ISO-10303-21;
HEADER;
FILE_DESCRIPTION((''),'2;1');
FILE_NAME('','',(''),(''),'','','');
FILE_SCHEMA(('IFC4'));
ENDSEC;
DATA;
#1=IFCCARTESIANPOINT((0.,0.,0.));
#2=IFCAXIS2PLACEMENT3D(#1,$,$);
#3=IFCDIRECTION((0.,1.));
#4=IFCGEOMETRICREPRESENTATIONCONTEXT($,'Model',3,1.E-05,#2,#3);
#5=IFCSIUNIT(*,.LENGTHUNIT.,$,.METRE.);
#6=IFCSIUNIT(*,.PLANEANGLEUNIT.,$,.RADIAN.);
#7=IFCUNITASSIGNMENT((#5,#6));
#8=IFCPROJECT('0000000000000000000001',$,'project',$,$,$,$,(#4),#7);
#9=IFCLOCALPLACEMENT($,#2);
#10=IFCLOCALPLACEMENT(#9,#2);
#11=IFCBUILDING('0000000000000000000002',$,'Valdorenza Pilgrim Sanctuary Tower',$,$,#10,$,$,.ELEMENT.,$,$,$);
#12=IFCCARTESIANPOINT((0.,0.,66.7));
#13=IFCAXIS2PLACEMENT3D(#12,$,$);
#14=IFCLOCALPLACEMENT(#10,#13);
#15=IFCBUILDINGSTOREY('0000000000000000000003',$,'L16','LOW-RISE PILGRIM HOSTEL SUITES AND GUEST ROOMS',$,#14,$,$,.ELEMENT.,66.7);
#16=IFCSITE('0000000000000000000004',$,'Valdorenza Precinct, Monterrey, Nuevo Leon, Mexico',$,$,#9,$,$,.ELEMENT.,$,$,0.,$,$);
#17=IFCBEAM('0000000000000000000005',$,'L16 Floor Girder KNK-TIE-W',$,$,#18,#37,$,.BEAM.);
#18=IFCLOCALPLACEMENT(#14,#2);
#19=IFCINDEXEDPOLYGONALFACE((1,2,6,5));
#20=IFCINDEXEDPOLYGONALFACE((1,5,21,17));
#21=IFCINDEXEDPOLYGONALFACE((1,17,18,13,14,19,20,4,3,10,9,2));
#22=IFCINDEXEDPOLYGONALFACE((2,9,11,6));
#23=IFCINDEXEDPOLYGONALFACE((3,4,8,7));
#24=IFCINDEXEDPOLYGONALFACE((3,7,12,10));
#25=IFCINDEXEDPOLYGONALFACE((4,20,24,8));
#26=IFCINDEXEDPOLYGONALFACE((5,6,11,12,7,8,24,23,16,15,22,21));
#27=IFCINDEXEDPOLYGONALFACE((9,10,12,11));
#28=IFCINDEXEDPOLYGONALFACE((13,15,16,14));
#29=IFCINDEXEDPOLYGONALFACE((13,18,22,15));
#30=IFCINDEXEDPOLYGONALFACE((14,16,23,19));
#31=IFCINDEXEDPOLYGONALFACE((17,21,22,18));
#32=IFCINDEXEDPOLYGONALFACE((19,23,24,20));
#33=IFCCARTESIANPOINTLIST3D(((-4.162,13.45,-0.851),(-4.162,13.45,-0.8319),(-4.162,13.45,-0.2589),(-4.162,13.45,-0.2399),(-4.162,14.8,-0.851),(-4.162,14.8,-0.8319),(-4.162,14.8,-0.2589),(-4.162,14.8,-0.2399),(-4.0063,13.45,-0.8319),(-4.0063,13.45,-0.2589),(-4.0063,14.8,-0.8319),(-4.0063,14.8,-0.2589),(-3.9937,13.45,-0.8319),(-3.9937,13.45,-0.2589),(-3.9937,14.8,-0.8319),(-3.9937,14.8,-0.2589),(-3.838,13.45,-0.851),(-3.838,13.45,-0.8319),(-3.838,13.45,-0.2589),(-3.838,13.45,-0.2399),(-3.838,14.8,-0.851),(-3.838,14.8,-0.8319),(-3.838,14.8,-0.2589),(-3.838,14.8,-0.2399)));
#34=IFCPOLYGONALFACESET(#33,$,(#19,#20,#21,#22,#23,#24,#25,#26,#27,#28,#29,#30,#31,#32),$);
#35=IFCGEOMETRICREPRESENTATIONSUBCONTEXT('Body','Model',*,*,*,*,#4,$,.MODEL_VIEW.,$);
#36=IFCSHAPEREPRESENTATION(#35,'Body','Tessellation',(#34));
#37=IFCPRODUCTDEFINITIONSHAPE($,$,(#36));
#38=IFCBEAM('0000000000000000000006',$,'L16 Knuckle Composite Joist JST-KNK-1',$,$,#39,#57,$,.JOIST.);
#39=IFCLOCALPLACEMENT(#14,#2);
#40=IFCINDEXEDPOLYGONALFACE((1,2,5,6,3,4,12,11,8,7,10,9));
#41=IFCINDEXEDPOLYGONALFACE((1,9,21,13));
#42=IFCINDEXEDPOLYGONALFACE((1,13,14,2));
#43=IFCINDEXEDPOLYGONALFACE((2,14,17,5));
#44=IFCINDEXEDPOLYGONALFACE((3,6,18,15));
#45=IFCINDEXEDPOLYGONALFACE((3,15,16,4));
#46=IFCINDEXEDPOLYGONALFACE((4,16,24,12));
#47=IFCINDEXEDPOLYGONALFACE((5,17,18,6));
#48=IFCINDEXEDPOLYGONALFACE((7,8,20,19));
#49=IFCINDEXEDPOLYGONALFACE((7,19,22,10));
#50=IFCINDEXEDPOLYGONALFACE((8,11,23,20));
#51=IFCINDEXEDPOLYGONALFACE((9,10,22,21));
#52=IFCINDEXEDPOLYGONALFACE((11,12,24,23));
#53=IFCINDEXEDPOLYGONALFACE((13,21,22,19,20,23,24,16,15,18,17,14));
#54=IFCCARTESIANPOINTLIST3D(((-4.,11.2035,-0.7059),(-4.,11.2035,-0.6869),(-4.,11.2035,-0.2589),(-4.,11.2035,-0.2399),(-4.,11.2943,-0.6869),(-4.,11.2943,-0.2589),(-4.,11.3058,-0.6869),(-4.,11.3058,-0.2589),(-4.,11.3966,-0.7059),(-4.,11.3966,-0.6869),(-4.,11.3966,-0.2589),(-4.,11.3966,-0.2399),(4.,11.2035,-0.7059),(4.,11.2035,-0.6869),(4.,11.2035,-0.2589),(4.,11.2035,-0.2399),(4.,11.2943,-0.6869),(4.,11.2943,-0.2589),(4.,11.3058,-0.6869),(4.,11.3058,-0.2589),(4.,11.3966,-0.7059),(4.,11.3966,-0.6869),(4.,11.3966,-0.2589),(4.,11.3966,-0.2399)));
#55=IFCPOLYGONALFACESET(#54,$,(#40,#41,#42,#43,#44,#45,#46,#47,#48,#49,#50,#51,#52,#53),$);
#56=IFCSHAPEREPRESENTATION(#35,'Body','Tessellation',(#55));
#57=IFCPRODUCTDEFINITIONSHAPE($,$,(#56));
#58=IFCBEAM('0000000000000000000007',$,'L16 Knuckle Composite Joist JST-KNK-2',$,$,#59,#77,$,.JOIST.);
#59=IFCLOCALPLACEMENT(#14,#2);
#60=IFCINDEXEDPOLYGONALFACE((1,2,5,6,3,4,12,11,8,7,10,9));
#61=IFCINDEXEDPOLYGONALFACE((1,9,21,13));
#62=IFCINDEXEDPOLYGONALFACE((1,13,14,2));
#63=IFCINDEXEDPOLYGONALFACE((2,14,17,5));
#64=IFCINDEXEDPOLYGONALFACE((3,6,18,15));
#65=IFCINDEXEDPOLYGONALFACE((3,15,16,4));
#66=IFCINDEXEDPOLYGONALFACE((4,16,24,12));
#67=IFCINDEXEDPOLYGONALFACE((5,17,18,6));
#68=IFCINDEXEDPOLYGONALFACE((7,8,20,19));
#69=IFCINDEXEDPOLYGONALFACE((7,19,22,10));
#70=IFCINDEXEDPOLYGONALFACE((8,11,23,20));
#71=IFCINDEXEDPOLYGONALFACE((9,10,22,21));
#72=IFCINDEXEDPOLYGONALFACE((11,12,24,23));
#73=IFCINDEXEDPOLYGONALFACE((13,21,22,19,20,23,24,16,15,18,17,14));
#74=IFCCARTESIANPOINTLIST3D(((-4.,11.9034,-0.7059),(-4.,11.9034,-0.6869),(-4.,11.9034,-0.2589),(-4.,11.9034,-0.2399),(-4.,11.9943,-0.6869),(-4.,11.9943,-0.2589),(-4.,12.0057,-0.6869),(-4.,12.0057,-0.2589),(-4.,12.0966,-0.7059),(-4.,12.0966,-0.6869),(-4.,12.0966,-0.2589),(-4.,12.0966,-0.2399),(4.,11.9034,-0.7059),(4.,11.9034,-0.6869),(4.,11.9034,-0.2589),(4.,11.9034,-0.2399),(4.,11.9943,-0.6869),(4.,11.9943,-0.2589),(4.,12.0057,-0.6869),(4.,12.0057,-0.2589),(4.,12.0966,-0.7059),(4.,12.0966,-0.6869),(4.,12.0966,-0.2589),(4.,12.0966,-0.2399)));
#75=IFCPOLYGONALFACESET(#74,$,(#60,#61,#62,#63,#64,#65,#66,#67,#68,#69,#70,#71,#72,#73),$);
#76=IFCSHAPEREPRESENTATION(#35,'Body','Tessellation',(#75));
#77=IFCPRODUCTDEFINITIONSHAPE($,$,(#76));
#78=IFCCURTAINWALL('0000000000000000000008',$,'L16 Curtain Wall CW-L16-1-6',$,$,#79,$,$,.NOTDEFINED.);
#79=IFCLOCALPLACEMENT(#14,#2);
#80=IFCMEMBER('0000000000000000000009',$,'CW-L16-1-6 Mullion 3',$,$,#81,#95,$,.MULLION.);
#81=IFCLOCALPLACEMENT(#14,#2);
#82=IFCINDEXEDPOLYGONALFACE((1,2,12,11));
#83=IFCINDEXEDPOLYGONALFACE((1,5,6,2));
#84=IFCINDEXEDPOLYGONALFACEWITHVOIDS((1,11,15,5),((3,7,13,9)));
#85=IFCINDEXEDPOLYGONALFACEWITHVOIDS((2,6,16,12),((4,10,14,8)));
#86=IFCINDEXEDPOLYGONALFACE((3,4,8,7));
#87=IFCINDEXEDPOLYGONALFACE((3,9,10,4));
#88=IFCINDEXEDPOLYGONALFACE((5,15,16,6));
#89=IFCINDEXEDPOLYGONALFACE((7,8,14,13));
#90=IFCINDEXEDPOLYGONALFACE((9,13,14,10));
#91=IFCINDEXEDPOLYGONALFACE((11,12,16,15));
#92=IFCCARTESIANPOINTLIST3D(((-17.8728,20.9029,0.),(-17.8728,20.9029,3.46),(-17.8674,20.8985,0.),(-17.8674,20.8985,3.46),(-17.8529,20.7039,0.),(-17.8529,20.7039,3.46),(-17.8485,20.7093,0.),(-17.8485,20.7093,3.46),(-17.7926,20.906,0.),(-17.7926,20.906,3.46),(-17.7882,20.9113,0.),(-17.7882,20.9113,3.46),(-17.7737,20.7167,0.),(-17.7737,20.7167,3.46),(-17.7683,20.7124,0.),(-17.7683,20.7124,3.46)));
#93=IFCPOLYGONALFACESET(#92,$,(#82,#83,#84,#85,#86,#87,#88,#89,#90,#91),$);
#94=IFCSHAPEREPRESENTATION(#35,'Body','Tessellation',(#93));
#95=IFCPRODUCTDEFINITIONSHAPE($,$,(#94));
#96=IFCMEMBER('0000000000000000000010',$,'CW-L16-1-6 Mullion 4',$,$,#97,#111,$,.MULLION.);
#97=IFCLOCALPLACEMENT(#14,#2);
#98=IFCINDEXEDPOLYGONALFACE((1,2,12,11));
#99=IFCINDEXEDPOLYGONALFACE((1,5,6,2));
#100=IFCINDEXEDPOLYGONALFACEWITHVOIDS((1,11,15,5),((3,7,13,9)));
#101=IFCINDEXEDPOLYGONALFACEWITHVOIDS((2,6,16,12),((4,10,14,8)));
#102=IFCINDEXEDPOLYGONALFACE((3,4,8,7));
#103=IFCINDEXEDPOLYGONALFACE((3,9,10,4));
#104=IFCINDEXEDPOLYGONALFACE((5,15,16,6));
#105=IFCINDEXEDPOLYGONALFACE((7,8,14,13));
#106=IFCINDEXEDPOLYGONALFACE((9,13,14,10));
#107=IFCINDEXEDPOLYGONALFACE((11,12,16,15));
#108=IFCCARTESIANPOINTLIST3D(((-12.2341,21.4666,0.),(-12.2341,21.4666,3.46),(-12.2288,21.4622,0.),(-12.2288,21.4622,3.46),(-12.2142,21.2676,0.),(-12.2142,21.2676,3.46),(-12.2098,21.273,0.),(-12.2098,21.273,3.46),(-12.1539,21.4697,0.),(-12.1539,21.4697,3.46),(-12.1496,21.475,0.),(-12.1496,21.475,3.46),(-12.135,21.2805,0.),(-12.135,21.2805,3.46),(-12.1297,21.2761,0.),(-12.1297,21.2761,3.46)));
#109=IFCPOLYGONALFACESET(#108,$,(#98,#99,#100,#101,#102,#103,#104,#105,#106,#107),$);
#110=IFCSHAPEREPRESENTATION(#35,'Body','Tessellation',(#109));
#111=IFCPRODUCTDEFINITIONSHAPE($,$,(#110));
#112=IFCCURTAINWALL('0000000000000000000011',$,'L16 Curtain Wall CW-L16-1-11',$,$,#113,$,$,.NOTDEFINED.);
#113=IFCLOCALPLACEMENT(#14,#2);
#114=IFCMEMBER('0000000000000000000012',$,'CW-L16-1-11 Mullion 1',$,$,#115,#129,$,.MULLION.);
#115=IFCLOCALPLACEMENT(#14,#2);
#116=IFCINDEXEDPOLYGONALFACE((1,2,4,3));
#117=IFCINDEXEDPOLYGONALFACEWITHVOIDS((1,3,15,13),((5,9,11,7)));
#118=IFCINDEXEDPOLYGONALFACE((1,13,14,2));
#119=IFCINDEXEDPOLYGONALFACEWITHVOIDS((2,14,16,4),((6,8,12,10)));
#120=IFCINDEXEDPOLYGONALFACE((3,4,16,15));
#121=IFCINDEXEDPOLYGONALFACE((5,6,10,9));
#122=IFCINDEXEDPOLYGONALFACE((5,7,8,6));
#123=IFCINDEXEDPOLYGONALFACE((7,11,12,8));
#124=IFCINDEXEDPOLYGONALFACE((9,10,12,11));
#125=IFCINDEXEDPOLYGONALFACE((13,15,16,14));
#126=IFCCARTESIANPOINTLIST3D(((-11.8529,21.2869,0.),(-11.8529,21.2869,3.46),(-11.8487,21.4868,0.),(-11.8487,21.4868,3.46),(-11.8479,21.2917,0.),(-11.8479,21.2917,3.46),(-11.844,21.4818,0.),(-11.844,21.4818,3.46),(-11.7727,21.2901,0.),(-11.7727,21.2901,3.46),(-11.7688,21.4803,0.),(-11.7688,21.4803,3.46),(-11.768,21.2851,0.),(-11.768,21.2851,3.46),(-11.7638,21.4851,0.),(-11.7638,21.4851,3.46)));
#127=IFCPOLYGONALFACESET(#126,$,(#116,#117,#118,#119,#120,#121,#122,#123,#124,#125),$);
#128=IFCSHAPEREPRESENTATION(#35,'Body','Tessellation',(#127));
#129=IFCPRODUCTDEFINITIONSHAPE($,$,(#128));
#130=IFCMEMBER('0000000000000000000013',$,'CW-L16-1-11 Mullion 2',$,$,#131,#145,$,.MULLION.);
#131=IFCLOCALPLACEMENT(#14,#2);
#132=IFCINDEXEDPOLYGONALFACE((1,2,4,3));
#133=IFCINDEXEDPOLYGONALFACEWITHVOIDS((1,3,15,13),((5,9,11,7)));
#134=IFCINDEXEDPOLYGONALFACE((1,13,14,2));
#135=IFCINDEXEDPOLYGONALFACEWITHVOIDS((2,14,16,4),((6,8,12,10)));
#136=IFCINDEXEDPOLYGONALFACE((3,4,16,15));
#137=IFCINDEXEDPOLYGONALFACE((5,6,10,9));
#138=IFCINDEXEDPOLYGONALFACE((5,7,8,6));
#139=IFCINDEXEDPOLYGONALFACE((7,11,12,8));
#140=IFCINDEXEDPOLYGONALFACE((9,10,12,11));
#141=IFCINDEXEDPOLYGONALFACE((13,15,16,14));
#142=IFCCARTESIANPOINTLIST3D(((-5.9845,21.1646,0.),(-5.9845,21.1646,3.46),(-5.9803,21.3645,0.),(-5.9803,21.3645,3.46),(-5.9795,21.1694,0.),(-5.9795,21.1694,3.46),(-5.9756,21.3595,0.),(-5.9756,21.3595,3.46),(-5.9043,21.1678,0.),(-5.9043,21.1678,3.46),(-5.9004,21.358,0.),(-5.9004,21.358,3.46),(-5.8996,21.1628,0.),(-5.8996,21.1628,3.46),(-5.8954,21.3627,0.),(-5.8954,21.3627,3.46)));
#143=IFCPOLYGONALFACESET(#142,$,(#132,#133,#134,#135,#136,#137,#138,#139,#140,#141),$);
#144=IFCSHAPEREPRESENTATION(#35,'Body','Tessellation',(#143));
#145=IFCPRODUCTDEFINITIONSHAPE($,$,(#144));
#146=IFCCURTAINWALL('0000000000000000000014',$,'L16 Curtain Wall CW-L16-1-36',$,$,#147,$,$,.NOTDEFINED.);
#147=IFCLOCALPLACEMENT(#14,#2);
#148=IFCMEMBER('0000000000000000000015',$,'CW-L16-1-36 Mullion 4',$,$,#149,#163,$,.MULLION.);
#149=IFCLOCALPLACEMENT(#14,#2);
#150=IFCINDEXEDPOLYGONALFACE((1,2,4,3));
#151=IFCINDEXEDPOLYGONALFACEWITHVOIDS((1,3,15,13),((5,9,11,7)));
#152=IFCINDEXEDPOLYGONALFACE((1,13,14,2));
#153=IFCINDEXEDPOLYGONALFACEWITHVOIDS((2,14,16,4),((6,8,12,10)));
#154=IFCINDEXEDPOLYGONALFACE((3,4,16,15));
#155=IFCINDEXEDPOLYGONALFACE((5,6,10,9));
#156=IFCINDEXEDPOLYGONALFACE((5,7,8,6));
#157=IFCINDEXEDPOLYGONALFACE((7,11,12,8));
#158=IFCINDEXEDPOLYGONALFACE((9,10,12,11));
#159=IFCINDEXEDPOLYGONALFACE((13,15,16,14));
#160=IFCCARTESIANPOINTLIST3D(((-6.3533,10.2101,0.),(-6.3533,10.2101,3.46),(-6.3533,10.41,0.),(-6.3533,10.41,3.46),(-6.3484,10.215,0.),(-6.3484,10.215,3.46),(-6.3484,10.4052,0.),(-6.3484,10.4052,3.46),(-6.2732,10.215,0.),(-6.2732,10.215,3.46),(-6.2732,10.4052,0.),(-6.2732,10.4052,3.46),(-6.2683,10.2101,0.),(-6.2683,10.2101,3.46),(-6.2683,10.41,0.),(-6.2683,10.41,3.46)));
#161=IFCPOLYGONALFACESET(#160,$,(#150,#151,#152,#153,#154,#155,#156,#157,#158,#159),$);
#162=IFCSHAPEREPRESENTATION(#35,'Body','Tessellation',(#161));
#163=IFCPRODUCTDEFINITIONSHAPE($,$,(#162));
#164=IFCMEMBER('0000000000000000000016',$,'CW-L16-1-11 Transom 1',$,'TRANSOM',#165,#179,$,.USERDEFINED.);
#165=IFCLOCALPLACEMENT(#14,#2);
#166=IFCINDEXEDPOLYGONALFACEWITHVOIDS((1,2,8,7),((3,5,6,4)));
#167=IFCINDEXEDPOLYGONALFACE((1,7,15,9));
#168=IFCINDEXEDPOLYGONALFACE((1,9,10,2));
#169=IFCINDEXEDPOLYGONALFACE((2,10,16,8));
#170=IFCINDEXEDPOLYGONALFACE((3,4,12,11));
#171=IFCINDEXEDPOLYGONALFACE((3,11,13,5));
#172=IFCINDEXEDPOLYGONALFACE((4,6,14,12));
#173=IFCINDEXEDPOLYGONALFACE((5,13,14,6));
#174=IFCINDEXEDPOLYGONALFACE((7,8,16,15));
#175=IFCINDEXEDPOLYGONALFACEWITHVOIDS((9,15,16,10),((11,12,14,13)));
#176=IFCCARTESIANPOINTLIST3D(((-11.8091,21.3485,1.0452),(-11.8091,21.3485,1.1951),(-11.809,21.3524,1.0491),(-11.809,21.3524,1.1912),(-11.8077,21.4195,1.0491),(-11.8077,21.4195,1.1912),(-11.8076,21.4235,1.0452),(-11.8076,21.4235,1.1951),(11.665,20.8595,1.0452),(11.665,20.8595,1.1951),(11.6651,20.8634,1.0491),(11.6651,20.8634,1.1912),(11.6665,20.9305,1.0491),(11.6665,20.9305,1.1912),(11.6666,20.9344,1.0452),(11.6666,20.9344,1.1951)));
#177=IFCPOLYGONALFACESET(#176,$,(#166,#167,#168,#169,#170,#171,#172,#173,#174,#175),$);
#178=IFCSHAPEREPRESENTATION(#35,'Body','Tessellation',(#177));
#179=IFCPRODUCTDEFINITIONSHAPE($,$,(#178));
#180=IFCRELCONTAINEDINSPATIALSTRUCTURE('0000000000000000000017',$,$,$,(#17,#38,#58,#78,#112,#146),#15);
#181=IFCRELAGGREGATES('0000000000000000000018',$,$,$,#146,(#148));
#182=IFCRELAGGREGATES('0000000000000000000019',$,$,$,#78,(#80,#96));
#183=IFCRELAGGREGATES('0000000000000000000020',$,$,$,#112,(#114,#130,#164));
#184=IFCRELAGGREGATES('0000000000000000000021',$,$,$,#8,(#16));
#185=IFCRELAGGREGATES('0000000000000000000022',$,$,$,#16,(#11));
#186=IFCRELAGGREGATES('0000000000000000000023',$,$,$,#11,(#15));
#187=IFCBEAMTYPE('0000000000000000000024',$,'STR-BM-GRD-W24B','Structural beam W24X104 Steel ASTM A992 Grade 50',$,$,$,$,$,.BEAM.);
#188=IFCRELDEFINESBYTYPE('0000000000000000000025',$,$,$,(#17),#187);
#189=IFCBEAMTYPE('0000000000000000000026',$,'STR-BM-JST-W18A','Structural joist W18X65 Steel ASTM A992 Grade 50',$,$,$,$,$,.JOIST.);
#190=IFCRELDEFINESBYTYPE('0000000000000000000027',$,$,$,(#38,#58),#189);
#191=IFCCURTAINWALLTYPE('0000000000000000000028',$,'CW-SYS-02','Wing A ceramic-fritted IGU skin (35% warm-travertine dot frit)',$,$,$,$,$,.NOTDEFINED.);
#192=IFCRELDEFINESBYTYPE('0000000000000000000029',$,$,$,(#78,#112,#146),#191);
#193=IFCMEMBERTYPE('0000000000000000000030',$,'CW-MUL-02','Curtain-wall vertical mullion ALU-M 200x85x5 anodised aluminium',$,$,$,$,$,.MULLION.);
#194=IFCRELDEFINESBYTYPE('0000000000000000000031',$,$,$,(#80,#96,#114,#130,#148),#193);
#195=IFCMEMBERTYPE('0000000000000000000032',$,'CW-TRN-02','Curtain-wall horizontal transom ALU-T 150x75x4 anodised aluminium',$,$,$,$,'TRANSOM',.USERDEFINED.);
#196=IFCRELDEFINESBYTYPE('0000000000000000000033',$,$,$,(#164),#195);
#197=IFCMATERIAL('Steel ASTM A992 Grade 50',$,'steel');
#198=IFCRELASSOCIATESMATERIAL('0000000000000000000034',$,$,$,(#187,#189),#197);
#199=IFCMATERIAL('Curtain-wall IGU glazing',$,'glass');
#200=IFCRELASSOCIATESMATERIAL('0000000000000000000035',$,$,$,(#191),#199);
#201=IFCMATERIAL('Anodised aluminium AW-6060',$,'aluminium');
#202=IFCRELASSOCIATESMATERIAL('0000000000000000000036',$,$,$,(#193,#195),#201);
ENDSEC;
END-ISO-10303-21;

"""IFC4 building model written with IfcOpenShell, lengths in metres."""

from ifc_helpers import new_model, si_unit, direction, frame, origin, origin_2d, place, context, subcontext, project, spatial, hollow_rectangle, i_section, extrude, source, transform, mapped, material, material_profile, profile_set, type_object, element, aggregate, save


model = new_model("IFC4")

# Units and contexts
model_context = context("Model", 3, precision=1e-05, world=origin(), true_north=direction((0.0, 1.0)))
body_context = subcontext(model_context, "Body", "Model", "MODEL_VIEW")
ifc_project = project(units=[si_unit("LENGTHUNIT", "METRE"), si_unit("PLANEANGLEUNIT", "RADIAN")], contexts=[model_context])

# Site, building, storey
site_placement = place(None, origin())
site = spatial("IfcSite", under=ifc_project, at=site_placement, Name="Valdorenza Precinct, Monterrey, Nuevo Leon, Mexico", CompositionType="ELEMENT", RefElevation=0.0)
building_placement = place(site_placement, origin())
building = spatial("IfcBuilding", under=site, at=building_placement, Name="Valdorenza Pilgrim Sanctuary Tower", CompositionType="ELEMENT")
storey_placement = place(building_placement, frame((0.0, 0.0, 66.7)))
storey = spatial("IfcBuildingStorey", under=building, at=storey_placement, Name="L16", Description="LOW-RISE PILGRIM HOSTEL SUITES AND GUEST ROOMS", CompositionType="ELEMENT", Elevation=66.7)

# Shared definitions
ifc_material_1 = material(Name="Steel ASTM A992 Grade 50", Category="steel")

# Beams
ifc_material_profile_1 = material_profile(ifc_material_1, i_section(OverallWidth=0.324, OverallDepth=0.6111, WebThickness=0.0127, FlangeThickness=0.019, at=origin_2d()), Name="W24X104")
ifc_profile_set_1 = profile_set([ifc_material_profile_1], Name="Steel ASTM A992 Grade 50")
beam_type_1 = type_object("IfcBeamType", Name="STR-BM-GRD-W24B", Description="Structural beam W24X104 Steel ASTM A992 Grade 50", PredefinedType="BEAM", material=ifc_profile_set_1)
shared_shape_1 = source(origin(), body_context, "Body", "SweptSolid", [
    extrude(i_section(OverallWidth=0.324, OverallDepth=0.6111, WebThickness=0.0127, FlangeThickness=0.019, at=origin_2d()), origin(), (0.0, 0.0, 1.0), 1.3501),
])
beam_1_placement = place(storey_placement, frame((-4.0, 13.45, -0.5454), z_axis=(0.0, 1.0, 0.0), x_axis=(-1.0, 0.0, 0.0)))
element("IfcBeam", 1, at=beam_1_placement, inside=storey, type_object=beam_type_1, Name="L16 Floor Girder KNK-TIE-W", PredefinedType="BEAM", context=body_context, shape_type="MappedRepresentation", body=[
    mapped(shared_shape_1, transform((0.0, 0.0, 0.0), x_axis=(1.0, 0.0, 0.0), y_axis=(0.0, 1.0, 0.0), z_axis=(0.0, 0.0, 1.0), scale=1.0)),
])
ifc_material_profile_2 = material_profile(ifc_material_1, i_section(OverallWidth=0.1931, OverallDepth=0.4661, WebThickness=0.0115, FlangeThickness=0.019, at=origin_2d()), Name="W18X65")
ifc_profile_set_2 = profile_set([ifc_material_profile_2], Name="Steel ASTM A992 Grade 50")
beam_type_2 = type_object("IfcBeamType", Name="STR-BM-JST-W18A", Description="Structural joist W18X65 Steel ASTM A992 Grade 50", PredefinedType="JOIST", material=ifc_profile_set_2)
shared_shape_2 = source(origin(), body_context, "Body", "SweptSolid", [
    extrude(i_section(OverallWidth=0.1931, OverallDepth=0.4661, WebThickness=0.0115, FlangeThickness=0.019, at=origin_2d()), origin(), (0.0, 0.0, 1.0), 8.0),
])
for number, where, z_axis, x_axis, name in (
    (2, (-4.0, 11.3, -0.4729), (1.0, 0.0, 0.0), (0.0, 1.0, 0.0), "L16 Knuckle Composite Joist JST-KNK-1"),
    (3, (-4.0, 12.0, -0.4729), (1.0, 0.0, 0.0), (0.0, 1.0, 0.0), "L16 Knuckle Composite Joist JST-KNK-2"),
):
    element("IfcBeam", number, at=place(storey_placement, frame(where, z_axis=z_axis, x_axis=x_axis)), inside=storey, type_object=beam_type_2, Name=name, PredefinedType="JOIST", context=body_context, shape_type="MappedRepresentation", body=[
        mapped(shared_shape_2, transform((0.0, 0.0, 0.0), x_axis=(1.0, 0.0, 0.0), y_axis=(0.0, 1.0, 0.0), z_axis=(0.0, 0.0, 1.0), scale=1.0)),
    ])

# Curtain walls, members
ifc_material_2 = material(Name="Curtain-wall IGU glazing", Category="glass")
curtain_wall_type = type_object("IfcCurtainWallType", Name="CW-SYS-02", Description="Wing A ceramic-fritted IGU skin (35% warm-travertine dot frit)", PredefinedType="NOTDEFINED", material=ifc_material_2)
curtain_wall_1_placement = place(storey_placement, origin())
curtain_wall_1 = element("IfcCurtainWall", 4, at=curtain_wall_1_placement, inside=storey, type_object=curtain_wall_type, Name="L16 Curtain Wall CW-L16-1-6", PredefinedType="NOTDEFINED")
ifc_material_3 = material(Name="Anodised aluminium AW-6060", Category="aluminium")
ifc_material_profile_3 = material_profile(ifc_material_3, hollow_rectangle(XDim=0.085, YDim=0.2, WallThickness=0.0049, at=origin_2d()), Name="ALU-M 200x85x5")
ifc_profile_set_3 = profile_set([ifc_material_profile_3], Name="Anodised aluminium AW-6060")
member_type_1 = type_object("IfcMemberType", Name="CW-MUL-02", Description="Curtain-wall vertical mullion ALU-M 200x85x5 anodised aluminium", PredefinedType="MULLION", material=ifc_profile_set_3)
shared_shape_3 = source(origin(), body_context, "Body", "SweptSolid", [
    extrude(hollow_rectangle(XDim=0.085, YDim=0.2, WallThickness=0.0049, at=origin_2d()), origin(), (0.0, 0.0, 1.0), 3.46),
])
member_1_placement = place(storey_placement, frame((-17.8206, 20.8076, 0.0), z_axis=(0.0, 0.0, 1.0), x_axis=(0.995038, 0.099493, 0.0)))
member_1 = element("IfcMember", 5, at=member_1_placement, type_object=member_type_1, Name="CW-L16-1-6 Mullion 3", PredefinedType="MULLION", context=body_context, shape_type="MappedRepresentation", body=[
    mapped(shared_shape_3, transform((0.0, 0.0, 0.0), x_axis=(1.0, 0.0, 0.0), y_axis=(0.0, 1.0, 0.0), z_axis=(0.0, 0.0, 1.0), scale=1.0)),
])
member_2_placement = place(storey_placement, frame((-12.1819, 21.3713, 0.0), z_axis=(0.0, 0.0, 1.0), x_axis=(0.995038, 0.099493, 0.0)))
member_2 = element("IfcMember", 6, at=member_2_placement, type_object=member_type_1, Name="CW-L16-1-6 Mullion 4", PredefinedType="MULLION", context=body_context, shape_type="MappedRepresentation", body=[
    mapped(shared_shape_3, transform((0.0, 0.0, 0.0), x_axis=(1.0, 0.0, 0.0), y_axis=(0.0, 1.0, 0.0), z_axis=(0.0, 0.0, 1.0), scale=1.0)),
])
curtain_wall_2_placement = place(storey_placement, origin())
curtain_wall_2 = element("IfcCurtainWall", 7, at=curtain_wall_2_placement, inside=storey, type_object=curtain_wall_type, Name="L16 Curtain Wall CW-L16-1-11", PredefinedType="NOTDEFINED")
member_3_placement = place(storey_placement, frame((-11.8083, 21.386, 0.0), z_axis=(0.0, 0.0, 1.0), x_axis=(0.999783, -0.02082, 0.0)))
member_3 = element("IfcMember", 8, at=member_3_placement, type_object=member_type_1, Name="CW-L16-1-11 Mullion 1", PredefinedType="MULLION", context=body_context, shape_type="MappedRepresentation", body=[
    mapped(shared_shape_3, transform((0.0, 0.0, 0.0), x_axis=(1.0, 0.0, 0.0), y_axis=(0.0, 1.0, 0.0), z_axis=(0.0, 0.0, 1.0), scale=1.0)),
])
member_4_placement = place(storey_placement, frame((-5.9399, 21.2637, 0.0), z_axis=(0.0, 0.0, 1.0), x_axis=(0.999783, -0.02082, 0.0)))
member_4 = element("IfcMember", 9, at=member_4_placement, type_object=member_type_1, Name="CW-L16-1-11 Mullion 2", PredefinedType="MULLION", context=body_context, shape_type="MappedRepresentation", body=[
    mapped(shared_shape_3, transform((0.0, 0.0, 0.0), x_axis=(1.0, 0.0, 0.0), y_axis=(0.0, 1.0, 0.0), z_axis=(0.0, 0.0, 1.0), scale=1.0)),
])

# Curtain wall, member
curtain_wall_3_placement = place(storey_placement, origin())
curtain_wall_3 = element("IfcCurtainWall", 10, at=curtain_wall_3_placement, inside=storey, type_object=curtain_wall_type, Name="L16 Curtain Wall CW-L16-1-36", PredefinedType="NOTDEFINED")
member_5_placement = place(storey_placement, frame((-6.3108, 10.3101, 0.0), z_axis=(0.0, 0.0, 1.0), x_axis=(-1.0, 0.0, 0.0)))
member_5 = element("IfcMember", 11, at=member_5_placement, type_object=member_type_1, Name="CW-L16-1-36 Mullion 4", PredefinedType="MULLION", context=body_context, shape_type="MappedRepresentation", body=[
    mapped(shared_shape_3, transform((0.0, 0.0, 0.0), x_axis=(1.0, 0.0, 0.0), y_axis=(0.0, 1.0, 0.0), z_axis=(0.0, 0.0, 1.0), scale=1.0)),
])
aggregate(curtain_wall_3, [member_5])

# Member
ifc_material_profile_4 = material_profile(ifc_material_3, hollow_rectangle(XDim=0.075, YDim=0.1499, WallThickness=0.0039, at=origin_2d()), Name="ALU-T 150x75x4")
ifc_profile_set_4 = profile_set([ifc_material_profile_4], Name="Anodised aluminium AW-6060")
member_type_2 = type_object("IfcMemberType", Name="CW-TRN-02", Description="Curtain-wall horizontal transom ALU-T 150x75x4 anodised aluminium", ElementType="TRANSOM", PredefinedType="USERDEFINED", material=ifc_profile_set_4)
shared_shape_4 = source(origin(), body_context, "Body", "SweptSolid", [
    extrude(hollow_rectangle(XDim=0.075, YDim=0.1499, WallThickness=0.0039, at=origin_2d()), origin(), (0.0, 0.0, 1.0), 23.4792),
])
member_6_placement = place(storey_placement, frame((-11.8083, 21.386, 1.1201), z_axis=(0.999783, -0.020828, 0.0), x_axis=(0.020828, 0.999783, 0.0)))
member_6 = element("IfcMember", 12, at=member_6_placement, type_object=member_type_2, Name="CW-L16-1-11 Transom 1", ObjectType="TRANSOM", PredefinedType="USERDEFINED", context=body_context, shape_type="MappedRepresentation", body=[
    mapped(shared_shape_4, transform((0.0, 0.0, 0.0), x_axis=(1.0, 0.0, 0.0), y_axis=(0.0, 1.0, 0.0), z_axis=(0.0, 0.0, 1.0), scale=1.0)),
])

aggregate(curtain_wall_1, [member_1, member_2])
aggregate(curtain_wall_2, [member_3, member_4, member_6])

save(model, "model.ifc")
